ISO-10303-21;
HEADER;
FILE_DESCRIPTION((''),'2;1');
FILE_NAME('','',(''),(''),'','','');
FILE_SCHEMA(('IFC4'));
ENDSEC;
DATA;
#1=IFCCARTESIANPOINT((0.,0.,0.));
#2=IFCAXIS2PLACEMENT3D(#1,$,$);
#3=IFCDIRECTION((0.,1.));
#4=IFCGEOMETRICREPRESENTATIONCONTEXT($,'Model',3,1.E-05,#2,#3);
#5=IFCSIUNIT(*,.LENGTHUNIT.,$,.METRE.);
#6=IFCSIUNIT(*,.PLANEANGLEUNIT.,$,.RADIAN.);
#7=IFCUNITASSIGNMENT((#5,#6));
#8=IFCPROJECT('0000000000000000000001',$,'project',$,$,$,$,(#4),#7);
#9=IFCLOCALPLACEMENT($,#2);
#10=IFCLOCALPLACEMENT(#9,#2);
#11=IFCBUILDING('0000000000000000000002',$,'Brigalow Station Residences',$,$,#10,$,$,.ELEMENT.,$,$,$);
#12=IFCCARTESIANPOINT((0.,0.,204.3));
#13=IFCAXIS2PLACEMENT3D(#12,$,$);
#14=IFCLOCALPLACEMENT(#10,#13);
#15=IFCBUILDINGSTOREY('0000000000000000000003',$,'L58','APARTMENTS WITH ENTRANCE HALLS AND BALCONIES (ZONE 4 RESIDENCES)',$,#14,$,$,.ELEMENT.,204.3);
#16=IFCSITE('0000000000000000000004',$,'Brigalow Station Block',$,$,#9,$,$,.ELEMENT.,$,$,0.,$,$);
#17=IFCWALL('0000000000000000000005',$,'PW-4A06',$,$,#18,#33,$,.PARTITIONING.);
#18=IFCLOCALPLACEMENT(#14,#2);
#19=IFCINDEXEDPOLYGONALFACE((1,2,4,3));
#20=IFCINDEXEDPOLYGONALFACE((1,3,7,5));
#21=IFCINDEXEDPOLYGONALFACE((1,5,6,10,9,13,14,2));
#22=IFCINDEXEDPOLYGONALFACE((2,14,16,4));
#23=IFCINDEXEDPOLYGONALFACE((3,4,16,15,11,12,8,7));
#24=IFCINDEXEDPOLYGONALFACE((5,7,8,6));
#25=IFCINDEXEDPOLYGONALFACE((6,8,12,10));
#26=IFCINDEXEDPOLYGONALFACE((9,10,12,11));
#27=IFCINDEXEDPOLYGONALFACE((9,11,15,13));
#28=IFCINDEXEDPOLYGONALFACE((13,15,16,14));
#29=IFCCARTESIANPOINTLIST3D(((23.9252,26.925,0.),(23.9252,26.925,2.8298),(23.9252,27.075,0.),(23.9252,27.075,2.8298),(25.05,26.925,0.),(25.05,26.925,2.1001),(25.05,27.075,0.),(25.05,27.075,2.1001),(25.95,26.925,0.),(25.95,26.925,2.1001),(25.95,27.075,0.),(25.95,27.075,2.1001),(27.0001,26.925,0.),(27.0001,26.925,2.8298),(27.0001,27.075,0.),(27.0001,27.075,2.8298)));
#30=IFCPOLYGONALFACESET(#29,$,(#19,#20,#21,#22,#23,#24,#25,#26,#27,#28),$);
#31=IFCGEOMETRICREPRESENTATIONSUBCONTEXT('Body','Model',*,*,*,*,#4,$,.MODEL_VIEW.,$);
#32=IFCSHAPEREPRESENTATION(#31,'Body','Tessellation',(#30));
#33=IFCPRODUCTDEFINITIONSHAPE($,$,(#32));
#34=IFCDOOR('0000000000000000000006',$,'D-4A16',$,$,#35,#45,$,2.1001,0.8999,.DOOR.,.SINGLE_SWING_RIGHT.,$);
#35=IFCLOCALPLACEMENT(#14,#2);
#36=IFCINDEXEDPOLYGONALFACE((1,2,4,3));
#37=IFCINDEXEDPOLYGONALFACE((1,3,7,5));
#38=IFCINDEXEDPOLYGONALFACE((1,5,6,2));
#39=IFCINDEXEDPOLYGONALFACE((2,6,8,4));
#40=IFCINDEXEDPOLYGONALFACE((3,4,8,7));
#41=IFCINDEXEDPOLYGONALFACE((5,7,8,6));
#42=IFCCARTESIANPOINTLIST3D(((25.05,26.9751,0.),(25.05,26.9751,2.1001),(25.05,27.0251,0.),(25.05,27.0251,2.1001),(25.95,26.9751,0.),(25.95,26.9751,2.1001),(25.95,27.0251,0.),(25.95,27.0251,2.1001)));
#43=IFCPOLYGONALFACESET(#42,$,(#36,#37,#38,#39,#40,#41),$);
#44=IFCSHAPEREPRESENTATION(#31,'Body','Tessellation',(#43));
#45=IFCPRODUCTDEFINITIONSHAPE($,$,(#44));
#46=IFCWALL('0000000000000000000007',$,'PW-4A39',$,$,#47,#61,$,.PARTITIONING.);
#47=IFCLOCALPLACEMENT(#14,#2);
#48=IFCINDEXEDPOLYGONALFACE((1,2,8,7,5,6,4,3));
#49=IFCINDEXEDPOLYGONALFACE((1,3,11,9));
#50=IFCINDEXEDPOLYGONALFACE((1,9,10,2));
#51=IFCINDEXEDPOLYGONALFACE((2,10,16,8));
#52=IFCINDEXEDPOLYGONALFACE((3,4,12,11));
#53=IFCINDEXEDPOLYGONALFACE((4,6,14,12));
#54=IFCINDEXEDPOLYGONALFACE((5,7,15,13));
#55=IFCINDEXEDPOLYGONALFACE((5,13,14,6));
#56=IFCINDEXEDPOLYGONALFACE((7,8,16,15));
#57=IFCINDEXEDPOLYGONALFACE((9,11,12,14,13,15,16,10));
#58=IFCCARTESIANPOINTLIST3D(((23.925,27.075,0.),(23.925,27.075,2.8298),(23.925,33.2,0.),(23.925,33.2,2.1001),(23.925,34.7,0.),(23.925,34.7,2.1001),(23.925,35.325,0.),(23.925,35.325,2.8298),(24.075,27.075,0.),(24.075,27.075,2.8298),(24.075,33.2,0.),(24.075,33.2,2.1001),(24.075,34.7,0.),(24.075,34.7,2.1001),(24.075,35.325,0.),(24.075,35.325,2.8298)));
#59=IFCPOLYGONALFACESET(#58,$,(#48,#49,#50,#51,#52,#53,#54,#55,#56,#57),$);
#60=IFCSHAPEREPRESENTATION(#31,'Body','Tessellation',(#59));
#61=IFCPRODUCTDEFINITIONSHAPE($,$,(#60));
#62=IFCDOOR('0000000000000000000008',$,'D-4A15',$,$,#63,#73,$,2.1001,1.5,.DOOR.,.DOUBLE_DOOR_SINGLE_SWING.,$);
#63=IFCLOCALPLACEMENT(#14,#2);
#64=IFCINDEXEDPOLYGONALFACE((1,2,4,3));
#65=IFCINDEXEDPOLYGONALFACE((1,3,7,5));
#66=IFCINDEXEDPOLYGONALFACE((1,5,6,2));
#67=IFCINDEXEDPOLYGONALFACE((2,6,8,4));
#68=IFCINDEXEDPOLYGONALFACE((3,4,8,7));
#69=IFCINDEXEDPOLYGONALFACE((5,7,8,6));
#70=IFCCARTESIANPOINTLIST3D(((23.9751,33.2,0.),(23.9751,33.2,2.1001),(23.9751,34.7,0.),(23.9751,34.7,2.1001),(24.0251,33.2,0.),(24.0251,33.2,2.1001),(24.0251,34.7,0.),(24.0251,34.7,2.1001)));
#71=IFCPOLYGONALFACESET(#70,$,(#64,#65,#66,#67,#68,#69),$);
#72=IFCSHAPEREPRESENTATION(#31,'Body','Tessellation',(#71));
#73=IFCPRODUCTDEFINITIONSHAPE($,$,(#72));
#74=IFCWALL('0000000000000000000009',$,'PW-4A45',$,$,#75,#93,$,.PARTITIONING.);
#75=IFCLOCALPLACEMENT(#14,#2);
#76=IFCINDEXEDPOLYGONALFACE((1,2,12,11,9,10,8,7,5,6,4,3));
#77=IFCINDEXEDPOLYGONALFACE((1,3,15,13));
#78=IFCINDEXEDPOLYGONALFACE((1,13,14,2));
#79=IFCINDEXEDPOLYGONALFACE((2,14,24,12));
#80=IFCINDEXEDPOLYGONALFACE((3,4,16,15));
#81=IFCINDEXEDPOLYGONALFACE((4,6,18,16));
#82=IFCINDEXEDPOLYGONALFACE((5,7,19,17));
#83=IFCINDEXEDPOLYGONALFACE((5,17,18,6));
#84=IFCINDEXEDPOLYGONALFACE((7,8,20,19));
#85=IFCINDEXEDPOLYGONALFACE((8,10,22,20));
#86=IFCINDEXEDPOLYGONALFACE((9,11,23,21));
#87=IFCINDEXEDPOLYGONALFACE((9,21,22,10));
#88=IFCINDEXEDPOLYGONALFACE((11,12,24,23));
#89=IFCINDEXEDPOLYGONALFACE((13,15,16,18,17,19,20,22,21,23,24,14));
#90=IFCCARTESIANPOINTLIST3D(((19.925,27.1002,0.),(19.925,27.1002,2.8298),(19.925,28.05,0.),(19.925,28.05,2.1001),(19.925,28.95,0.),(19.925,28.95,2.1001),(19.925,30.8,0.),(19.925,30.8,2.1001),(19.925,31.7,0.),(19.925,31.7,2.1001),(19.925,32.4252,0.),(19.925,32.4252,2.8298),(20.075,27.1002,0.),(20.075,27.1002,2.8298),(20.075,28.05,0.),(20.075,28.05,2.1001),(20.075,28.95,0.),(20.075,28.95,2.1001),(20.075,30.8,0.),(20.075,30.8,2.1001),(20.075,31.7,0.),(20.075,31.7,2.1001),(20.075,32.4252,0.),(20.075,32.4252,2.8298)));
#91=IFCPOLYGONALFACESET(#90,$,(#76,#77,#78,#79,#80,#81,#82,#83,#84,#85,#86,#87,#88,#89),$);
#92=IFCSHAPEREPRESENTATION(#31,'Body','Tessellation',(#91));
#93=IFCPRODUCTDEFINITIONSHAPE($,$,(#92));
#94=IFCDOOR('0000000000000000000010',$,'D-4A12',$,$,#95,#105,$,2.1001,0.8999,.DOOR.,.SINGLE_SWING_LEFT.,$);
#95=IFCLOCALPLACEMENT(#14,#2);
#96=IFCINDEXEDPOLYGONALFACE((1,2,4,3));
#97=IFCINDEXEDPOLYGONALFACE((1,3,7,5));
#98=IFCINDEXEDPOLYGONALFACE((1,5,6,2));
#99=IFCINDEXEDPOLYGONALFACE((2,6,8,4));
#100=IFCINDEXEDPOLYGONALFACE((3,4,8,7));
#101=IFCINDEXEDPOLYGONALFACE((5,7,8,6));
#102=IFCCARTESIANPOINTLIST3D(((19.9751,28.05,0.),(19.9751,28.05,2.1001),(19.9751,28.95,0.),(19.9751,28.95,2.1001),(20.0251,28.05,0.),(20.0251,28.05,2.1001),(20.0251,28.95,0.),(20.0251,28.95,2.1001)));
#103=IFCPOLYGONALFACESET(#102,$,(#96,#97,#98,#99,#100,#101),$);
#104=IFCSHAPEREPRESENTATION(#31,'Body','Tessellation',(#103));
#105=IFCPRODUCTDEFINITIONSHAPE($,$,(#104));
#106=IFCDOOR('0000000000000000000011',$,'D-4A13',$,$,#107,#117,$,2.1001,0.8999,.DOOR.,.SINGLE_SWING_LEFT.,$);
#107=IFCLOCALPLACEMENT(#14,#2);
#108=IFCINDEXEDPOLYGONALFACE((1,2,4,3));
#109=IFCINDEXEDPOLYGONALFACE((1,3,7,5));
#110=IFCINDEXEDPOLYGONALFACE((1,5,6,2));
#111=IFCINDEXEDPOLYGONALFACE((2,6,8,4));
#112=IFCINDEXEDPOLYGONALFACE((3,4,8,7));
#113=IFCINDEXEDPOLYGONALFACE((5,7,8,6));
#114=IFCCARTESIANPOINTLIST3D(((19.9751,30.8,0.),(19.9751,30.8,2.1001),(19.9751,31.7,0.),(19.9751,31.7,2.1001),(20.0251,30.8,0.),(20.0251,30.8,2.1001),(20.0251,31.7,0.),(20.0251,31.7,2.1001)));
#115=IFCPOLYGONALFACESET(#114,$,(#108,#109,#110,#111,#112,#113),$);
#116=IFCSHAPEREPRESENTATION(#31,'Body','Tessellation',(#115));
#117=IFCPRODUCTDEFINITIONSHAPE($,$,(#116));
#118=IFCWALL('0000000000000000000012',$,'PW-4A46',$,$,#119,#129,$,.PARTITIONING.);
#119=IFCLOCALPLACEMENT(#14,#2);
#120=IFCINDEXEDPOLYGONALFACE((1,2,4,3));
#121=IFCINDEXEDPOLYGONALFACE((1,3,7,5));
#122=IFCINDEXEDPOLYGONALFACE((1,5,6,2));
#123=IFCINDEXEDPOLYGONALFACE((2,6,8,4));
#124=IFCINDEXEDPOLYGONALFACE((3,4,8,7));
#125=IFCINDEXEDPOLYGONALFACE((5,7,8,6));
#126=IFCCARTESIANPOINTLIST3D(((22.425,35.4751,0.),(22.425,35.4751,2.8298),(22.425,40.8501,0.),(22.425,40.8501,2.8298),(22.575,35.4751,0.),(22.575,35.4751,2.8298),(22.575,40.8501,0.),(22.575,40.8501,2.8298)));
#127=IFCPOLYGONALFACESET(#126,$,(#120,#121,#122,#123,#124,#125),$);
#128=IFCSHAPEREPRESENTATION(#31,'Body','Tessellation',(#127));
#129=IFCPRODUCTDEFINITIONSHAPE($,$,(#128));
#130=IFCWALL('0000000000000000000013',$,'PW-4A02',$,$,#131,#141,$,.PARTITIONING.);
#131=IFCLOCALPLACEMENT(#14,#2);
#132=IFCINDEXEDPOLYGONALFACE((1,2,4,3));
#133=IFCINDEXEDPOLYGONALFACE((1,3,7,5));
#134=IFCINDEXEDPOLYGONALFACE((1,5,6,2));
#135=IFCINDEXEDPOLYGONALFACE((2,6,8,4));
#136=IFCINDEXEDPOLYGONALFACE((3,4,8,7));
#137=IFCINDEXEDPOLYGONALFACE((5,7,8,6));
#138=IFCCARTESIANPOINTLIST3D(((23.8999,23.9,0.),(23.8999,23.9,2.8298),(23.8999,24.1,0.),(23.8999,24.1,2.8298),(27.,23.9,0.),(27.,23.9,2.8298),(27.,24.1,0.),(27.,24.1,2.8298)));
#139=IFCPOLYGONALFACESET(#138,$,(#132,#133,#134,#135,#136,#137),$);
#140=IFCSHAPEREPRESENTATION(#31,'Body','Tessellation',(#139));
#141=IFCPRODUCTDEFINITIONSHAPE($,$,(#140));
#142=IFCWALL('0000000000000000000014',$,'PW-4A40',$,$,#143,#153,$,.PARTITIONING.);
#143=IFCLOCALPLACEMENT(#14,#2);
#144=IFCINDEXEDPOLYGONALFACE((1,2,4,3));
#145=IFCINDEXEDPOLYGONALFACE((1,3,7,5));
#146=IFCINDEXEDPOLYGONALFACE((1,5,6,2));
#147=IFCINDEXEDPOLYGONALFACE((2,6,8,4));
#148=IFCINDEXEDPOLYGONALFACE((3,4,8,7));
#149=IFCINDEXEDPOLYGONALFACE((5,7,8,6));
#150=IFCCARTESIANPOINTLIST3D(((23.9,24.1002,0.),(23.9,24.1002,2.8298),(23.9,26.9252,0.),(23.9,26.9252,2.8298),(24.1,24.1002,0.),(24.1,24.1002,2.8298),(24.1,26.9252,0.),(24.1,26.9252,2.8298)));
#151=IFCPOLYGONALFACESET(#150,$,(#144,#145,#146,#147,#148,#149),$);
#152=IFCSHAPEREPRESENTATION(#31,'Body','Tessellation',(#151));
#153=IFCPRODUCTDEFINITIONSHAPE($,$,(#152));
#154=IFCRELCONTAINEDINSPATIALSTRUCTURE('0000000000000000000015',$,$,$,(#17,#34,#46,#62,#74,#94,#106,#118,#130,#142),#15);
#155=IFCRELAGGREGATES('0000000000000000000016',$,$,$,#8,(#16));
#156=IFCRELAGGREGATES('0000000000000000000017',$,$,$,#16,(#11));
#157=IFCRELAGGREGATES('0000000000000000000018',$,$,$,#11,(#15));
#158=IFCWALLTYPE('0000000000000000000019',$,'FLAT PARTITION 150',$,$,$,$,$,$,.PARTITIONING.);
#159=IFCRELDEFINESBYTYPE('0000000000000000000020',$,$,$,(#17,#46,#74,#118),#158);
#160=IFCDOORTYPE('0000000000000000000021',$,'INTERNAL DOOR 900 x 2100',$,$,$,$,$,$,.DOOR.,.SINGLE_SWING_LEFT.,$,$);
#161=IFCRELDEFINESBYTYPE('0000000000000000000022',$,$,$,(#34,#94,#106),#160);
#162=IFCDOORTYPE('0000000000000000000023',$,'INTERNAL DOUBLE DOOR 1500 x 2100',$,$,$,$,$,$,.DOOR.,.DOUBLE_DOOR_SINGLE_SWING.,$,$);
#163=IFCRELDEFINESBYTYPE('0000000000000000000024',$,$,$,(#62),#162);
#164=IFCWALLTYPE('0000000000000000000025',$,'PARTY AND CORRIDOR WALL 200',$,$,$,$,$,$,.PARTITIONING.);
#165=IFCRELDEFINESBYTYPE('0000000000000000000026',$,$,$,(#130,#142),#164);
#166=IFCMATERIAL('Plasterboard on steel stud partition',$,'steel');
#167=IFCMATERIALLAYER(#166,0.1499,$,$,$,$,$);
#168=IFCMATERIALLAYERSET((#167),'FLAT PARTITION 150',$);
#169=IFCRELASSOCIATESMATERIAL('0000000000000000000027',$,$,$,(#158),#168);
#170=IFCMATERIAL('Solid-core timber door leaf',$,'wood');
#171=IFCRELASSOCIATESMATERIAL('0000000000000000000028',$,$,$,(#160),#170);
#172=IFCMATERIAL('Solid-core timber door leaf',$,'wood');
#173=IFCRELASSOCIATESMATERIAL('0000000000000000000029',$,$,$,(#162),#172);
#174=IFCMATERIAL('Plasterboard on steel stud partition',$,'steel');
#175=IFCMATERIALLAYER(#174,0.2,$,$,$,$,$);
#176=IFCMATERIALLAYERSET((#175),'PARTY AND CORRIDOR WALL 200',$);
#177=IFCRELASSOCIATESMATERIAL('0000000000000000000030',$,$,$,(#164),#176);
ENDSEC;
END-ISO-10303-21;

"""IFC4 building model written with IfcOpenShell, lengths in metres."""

from ifc_helpers import new_model, si_unit, direction, frame, frame_2d, origin, place, context, subcontext, project, spatial, rectangle, extrude, material, layer, layer_set, type_object, element, fill, save


model = new_model("IFC4")

# Units and contexts
model_context = context("Model", 3, precision=1e-05, world=origin(), true_north=direction((0.0, 1.0)))
body_context = subcontext(model_context, "Body", "Model", "MODEL_VIEW")
ifc_project = project(units=[si_unit("LENGTHUNIT", "METRE"), si_unit("PLANEANGLEUNIT", "RADIAN")], contexts=[model_context])

# Site, building, storey
site_placement = place(None, origin())
site = spatial("IfcSite", under=ifc_project, at=site_placement, Name="Brigalow Station Block", CompositionType="ELEMENT", RefElevation=0.0)
building_placement = place(site_placement, origin())
building = spatial("IfcBuilding", under=site, at=building_placement, Name="Brigalow Station Residences", CompositionType="ELEMENT")
storey_placement = place(building_placement, frame((0.0, 0.0, 204.3)))
storey = spatial("IfcBuildingStorey", under=building, at=storey_placement, Name="L58", Description="APARTMENTS WITH ENTRANCE HALLS AND BALCONIES (ZONE 4 RESIDENCES)", CompositionType="ELEMENT", Elevation=204.3)

# Shared definitions
ifc_material_1 = material(Name="Plasterboard on steel stud partition", Category="steel")
ifc_layer_1 = layer(ifc_material_1, 0.1499)
ifc_layer_set_1 = layer_set([ifc_layer_1], Name="FLAT PARTITION 150")
wall_type_1 = type_object("IfcWallType", Name="FLAT PARTITION 150", PredefinedType="PARTITIONING", material=ifc_layer_set_1)
ifc_material_2 = material(Name="Solid-core timber door leaf", Category="wood")
door_type_1 = type_object("IfcDoorType", Name="INTERNAL DOOR 900 x 2100", OperationType="SINGLE_SWING_LEFT", PredefinedType="DOOR", material=ifc_material_2)

# Walls, openings, doors
wall_1_placement = place(storey_placement, frame((23.925, 27.0, 0.0), z_axis=(0.0, 0.0, 1.0), x_axis=(1.0, 0.0, 0.0)))
wall_1 = element("IfcWall", 1, at=wall_1_placement, inside=storey, type_object=wall_type_1, Name="PW-4A06", PredefinedType="PARTITIONING", context=body_context, shape_type="SweptSolid", body=[
    extrude(rectangle(XDim=3.075, YDim=0.1499, at=frame_2d((1.5376, 0.0))), origin(), (0.0, 0.0, 1.0), 2.8298),
])
opening_1_placement = place(wall_1_placement, frame((1.125, 0.0, 0.0)))
opening_1 = element("IfcOpeningElement", 2, at=opening_1_placement, cuts=wall_1, PredefinedType="OPENING", context=body_context, shape_type="SweptSolid", body=[
    extrude(rectangle(XDim=0.8999, YDim=2.1001, at=frame_2d((0.45, 1.05))), frame((0.0, 0.085, 0.0), z_axis=(0.0, -1.0, 0.0), x_axis=(1.0, 0.0, 0.0)), (0.0, 0.0, 1.0), 0.1699),
])
door_1_placement = place(opening_1_placement, frame((0.8999, 0.0, 0.0), z_axis=(0.0, 0.0, 1.0), x_axis=(-1.0, 0.0, 0.0)))
door_1 = element("IfcDoor", 3, at=door_1_placement, inside=storey, type_object=door_type_1, Name="D-4A16", OperationType="SINGLE_SWING_RIGHT", OverallHeight=2.1001, OverallWidth=0.8999, PredefinedType="DOOR", context=body_context, shape_type="SweptSolid", body=[
    extrude(rectangle(XDim=0.8999, YDim=2.1001, at=frame_2d((0.45, 1.05))), frame((0.0, 0.0249, 0.0), z_axis=(0.0, -1.0, 0.0), x_axis=(1.0, 0.0, 0.0)), (0.0, 0.0, 1.0), 0.05),
])
fill(opening_1, door_1)
wall_2_placement = place(storey_placement, frame((24.0, 27.075, 0.0), z_axis=(0.0, 0.0, 1.0), x_axis=(0.0, 1.0, 0.0)))
wall_2 = element("IfcWall", 4, at=wall_2_placement, inside=storey, type_object=wall_type_1, Name="PW-4A39", PredefinedType="PARTITIONING", context=body_context, shape_type="SweptSolid", body=[
    extrude(rectangle(XDim=8.25, YDim=0.1499, at=frame_2d((4.125, 0.0))), origin(), (0.0, 0.0, 1.0), 2.8298),
])
opening_2_placement = place(wall_2_placement, frame((6.125, 0.0, 0.0)))
opening_2 = element("IfcOpeningElement", 5, at=opening_2_placement, cuts=wall_2, PredefinedType="OPENING", context=body_context, shape_type="SweptSolid", body=[
    extrude(rectangle(XDim=1.5, YDim=2.1001, at=frame_2d((0.75, 1.05))), frame((0.0, 0.085, 0.0), z_axis=(0.0, -1.0, 0.0), x_axis=(1.0, 0.0, 0.0)), (0.0, 0.0, 1.0), 0.1699),
])
ifc_material_3 = material(Name="Solid-core timber door leaf", Category="wood")
door_type_2 = type_object("IfcDoorType", Name="INTERNAL DOUBLE DOOR 1500 x 2100", OperationType="DOUBLE_DOOR_SINGLE_SWING", PredefinedType="DOOR", material=ifc_material_3)
door_2_placement = place(opening_2_placement, origin())
door_2 = element("IfcDoor", 6, at=door_2_placement, inside=storey, type_object=door_type_2, Name="D-4A15", OperationType="DOUBLE_DOOR_SINGLE_SWING", OverallHeight=2.1001, OverallWidth=1.5, PredefinedType="DOOR", context=body_context, shape_type="SweptSolid", body=[
    extrude(rectangle(XDim=1.5, YDim=2.1001, at=frame_2d((0.75, 1.05))), frame((0.0, 0.0249, 0.0), z_axis=(0.0, -1.0, 0.0), x_axis=(1.0, 0.0, 0.0)), (0.0, 0.0, 1.0), 0.05),
])
fill(opening_2, door_2)

# Wall, openings, doors
wall_3_placement = place(storey_placement, frame((20.0, 27.1001, 0.0), z_axis=(0.0, 0.0, 1.0), x_axis=(0.0, 1.0, 0.0)))
wall_3 = element("IfcWall", 7, at=wall_3_placement, inside=storey, type_object=wall_type_1, Name="PW-4A45", PredefinedType="PARTITIONING", context=body_context, shape_type="SweptSolid", body=[
    extrude(rectangle(XDim=5.325, YDim=0.1499, at=frame_2d((2.6626, 0.0))), origin(), (0.0, 0.0, 1.0), 2.8298),
])
opening_3_placement = place(wall_3_placement, frame((0.95, 0.0, 0.0)))
opening_3 = element("IfcOpeningElement", 8, at=opening_3_placement, cuts=wall_3, PredefinedType="OPENING", context=body_context, shape_type="SweptSolid", body=[
    extrude(rectangle(XDim=0.8999, YDim=2.1001, at=frame_2d((0.45, 1.05))), frame((0.0, 0.085, 0.0), z_axis=(0.0, -1.0, 0.0), x_axis=(1.0, 0.0, 0.0)), (0.0, 0.0, 1.0), 0.1699),
])
opening_4_placement = place(wall_3_placement, frame((3.7, 0.0, 0.0)))
opening_4 = element("IfcOpeningElement", 9, at=opening_4_placement, cuts=wall_3, PredefinedType="OPENING", context=body_context, shape_type="SweptSolid", body=[
    extrude(rectangle(XDim=0.8999, YDim=2.1001, at=frame_2d((0.45, 1.05))), frame((0.0, 0.085, 0.0), z_axis=(0.0, -1.0, 0.0), x_axis=(1.0, 0.0, 0.0)), (0.0, 0.0, 1.0), 0.1699),
])
door_3_placement = place(opening_3_placement, origin())
door_3 = element("IfcDoor", 10, at=door_3_placement, inside=storey, type_object=door_type_1, Name="D-4A12", OperationType="SINGLE_SWING_LEFT", OverallHeight=2.1001, OverallWidth=0.8999, PredefinedType="DOOR", context=body_context, shape_type="SweptSolid", body=[
    extrude(rectangle(XDim=0.8999, YDim=2.1001, at=frame_2d((0.45, 1.05))), frame((0.0, 0.0249, 0.0), z_axis=(0.0, -1.0, 0.0), x_axis=(1.0, 0.0, 0.0)), (0.0, 0.0, 1.0), 0.05),
])
fill(opening_3, door_3)
door_4_placement = place(opening_4_placement, origin())
door_4 = element("IfcDoor", 11, at=door_4_placement, inside=storey, type_object=door_type_1, Name="D-4A13", OperationType="SINGLE_SWING_LEFT", OverallHeight=2.1001, OverallWidth=0.8999, PredefinedType="DOOR", context=body_context, shape_type="SweptSolid", body=[
    extrude(rectangle(XDim=0.8999, YDim=2.1001, at=frame_2d((0.45, 1.05))), frame((0.0, 0.0249, 0.0), z_axis=(0.0, -1.0, 0.0), x_axis=(1.0, 0.0, 0.0)), (0.0, 0.0, 1.0), 0.05),
])
fill(opening_4, door_4)

# Walls
wall_4_placement = place(storey_placement, frame((22.5, 35.4751, 0.0), z_axis=(0.0, 0.0, 1.0), x_axis=(0.0, 1.0, 0.0)))
element("IfcWall", 12, at=wall_4_placement, inside=storey, type_object=wall_type_1, Name="PW-4A46", PredefinedType="PARTITIONING", context=body_context, shape_type="SweptSolid", body=[
    extrude(rectangle(XDim=5.375, YDim=0.1499, at=frame_2d((2.6875, 0.0))), origin(), (0.0, 0.0, 1.0), 2.8298),
])
ifc_material_4 = material(Name="Plasterboard on steel stud partition", Category="steel")
ifc_layer_2 = layer(ifc_material_4, 0.2)
ifc_layer_set_2 = layer_set([ifc_layer_2], Name="PARTY AND CORRIDOR WALL 200")
wall_type_2 = type_object("IfcWallType", Name="PARTY AND CORRIDOR WALL 200", PredefinedType="PARTITIONING", material=ifc_layer_set_2)
wall_5_placement = place(storey_placement, frame((23.8999, 24.0, 0.0), z_axis=(0.0, 0.0, 1.0), x_axis=(1.0, 0.0, 0.0)))
element("IfcWall", 13, at=wall_5_placement, inside=storey, type_object=wall_type_2, Name="PW-4A02", PredefinedType="PARTITIONING", context=body_context, shape_type="SweptSolid", body=[
    extrude(rectangle(XDim=3.1001, YDim=0.2, at=frame_2d((1.55, 0.0))), origin(), (0.0, 0.0, 1.0), 2.8298),
])
wall_6_placement = place(storey_placement, frame((24.0, 24.1001, 0.0), z_axis=(0.0, 0.0, 1.0), x_axis=(0.0, 1.0, 0.0)))
element("IfcWall", 14, at=wall_6_placement, inside=storey, type_object=wall_type_2, Name="PW-4A40", PredefinedType="PARTITIONING", context=body_context, shape_type="SweptSolid", body=[
    extrude(rectangle(XDim=2.825, YDim=0.2, at=frame_2d((1.4126, 0.0))), origin(), (0.0, 0.0, 1.0), 2.8298),
])

save(model, "model.ifc")
